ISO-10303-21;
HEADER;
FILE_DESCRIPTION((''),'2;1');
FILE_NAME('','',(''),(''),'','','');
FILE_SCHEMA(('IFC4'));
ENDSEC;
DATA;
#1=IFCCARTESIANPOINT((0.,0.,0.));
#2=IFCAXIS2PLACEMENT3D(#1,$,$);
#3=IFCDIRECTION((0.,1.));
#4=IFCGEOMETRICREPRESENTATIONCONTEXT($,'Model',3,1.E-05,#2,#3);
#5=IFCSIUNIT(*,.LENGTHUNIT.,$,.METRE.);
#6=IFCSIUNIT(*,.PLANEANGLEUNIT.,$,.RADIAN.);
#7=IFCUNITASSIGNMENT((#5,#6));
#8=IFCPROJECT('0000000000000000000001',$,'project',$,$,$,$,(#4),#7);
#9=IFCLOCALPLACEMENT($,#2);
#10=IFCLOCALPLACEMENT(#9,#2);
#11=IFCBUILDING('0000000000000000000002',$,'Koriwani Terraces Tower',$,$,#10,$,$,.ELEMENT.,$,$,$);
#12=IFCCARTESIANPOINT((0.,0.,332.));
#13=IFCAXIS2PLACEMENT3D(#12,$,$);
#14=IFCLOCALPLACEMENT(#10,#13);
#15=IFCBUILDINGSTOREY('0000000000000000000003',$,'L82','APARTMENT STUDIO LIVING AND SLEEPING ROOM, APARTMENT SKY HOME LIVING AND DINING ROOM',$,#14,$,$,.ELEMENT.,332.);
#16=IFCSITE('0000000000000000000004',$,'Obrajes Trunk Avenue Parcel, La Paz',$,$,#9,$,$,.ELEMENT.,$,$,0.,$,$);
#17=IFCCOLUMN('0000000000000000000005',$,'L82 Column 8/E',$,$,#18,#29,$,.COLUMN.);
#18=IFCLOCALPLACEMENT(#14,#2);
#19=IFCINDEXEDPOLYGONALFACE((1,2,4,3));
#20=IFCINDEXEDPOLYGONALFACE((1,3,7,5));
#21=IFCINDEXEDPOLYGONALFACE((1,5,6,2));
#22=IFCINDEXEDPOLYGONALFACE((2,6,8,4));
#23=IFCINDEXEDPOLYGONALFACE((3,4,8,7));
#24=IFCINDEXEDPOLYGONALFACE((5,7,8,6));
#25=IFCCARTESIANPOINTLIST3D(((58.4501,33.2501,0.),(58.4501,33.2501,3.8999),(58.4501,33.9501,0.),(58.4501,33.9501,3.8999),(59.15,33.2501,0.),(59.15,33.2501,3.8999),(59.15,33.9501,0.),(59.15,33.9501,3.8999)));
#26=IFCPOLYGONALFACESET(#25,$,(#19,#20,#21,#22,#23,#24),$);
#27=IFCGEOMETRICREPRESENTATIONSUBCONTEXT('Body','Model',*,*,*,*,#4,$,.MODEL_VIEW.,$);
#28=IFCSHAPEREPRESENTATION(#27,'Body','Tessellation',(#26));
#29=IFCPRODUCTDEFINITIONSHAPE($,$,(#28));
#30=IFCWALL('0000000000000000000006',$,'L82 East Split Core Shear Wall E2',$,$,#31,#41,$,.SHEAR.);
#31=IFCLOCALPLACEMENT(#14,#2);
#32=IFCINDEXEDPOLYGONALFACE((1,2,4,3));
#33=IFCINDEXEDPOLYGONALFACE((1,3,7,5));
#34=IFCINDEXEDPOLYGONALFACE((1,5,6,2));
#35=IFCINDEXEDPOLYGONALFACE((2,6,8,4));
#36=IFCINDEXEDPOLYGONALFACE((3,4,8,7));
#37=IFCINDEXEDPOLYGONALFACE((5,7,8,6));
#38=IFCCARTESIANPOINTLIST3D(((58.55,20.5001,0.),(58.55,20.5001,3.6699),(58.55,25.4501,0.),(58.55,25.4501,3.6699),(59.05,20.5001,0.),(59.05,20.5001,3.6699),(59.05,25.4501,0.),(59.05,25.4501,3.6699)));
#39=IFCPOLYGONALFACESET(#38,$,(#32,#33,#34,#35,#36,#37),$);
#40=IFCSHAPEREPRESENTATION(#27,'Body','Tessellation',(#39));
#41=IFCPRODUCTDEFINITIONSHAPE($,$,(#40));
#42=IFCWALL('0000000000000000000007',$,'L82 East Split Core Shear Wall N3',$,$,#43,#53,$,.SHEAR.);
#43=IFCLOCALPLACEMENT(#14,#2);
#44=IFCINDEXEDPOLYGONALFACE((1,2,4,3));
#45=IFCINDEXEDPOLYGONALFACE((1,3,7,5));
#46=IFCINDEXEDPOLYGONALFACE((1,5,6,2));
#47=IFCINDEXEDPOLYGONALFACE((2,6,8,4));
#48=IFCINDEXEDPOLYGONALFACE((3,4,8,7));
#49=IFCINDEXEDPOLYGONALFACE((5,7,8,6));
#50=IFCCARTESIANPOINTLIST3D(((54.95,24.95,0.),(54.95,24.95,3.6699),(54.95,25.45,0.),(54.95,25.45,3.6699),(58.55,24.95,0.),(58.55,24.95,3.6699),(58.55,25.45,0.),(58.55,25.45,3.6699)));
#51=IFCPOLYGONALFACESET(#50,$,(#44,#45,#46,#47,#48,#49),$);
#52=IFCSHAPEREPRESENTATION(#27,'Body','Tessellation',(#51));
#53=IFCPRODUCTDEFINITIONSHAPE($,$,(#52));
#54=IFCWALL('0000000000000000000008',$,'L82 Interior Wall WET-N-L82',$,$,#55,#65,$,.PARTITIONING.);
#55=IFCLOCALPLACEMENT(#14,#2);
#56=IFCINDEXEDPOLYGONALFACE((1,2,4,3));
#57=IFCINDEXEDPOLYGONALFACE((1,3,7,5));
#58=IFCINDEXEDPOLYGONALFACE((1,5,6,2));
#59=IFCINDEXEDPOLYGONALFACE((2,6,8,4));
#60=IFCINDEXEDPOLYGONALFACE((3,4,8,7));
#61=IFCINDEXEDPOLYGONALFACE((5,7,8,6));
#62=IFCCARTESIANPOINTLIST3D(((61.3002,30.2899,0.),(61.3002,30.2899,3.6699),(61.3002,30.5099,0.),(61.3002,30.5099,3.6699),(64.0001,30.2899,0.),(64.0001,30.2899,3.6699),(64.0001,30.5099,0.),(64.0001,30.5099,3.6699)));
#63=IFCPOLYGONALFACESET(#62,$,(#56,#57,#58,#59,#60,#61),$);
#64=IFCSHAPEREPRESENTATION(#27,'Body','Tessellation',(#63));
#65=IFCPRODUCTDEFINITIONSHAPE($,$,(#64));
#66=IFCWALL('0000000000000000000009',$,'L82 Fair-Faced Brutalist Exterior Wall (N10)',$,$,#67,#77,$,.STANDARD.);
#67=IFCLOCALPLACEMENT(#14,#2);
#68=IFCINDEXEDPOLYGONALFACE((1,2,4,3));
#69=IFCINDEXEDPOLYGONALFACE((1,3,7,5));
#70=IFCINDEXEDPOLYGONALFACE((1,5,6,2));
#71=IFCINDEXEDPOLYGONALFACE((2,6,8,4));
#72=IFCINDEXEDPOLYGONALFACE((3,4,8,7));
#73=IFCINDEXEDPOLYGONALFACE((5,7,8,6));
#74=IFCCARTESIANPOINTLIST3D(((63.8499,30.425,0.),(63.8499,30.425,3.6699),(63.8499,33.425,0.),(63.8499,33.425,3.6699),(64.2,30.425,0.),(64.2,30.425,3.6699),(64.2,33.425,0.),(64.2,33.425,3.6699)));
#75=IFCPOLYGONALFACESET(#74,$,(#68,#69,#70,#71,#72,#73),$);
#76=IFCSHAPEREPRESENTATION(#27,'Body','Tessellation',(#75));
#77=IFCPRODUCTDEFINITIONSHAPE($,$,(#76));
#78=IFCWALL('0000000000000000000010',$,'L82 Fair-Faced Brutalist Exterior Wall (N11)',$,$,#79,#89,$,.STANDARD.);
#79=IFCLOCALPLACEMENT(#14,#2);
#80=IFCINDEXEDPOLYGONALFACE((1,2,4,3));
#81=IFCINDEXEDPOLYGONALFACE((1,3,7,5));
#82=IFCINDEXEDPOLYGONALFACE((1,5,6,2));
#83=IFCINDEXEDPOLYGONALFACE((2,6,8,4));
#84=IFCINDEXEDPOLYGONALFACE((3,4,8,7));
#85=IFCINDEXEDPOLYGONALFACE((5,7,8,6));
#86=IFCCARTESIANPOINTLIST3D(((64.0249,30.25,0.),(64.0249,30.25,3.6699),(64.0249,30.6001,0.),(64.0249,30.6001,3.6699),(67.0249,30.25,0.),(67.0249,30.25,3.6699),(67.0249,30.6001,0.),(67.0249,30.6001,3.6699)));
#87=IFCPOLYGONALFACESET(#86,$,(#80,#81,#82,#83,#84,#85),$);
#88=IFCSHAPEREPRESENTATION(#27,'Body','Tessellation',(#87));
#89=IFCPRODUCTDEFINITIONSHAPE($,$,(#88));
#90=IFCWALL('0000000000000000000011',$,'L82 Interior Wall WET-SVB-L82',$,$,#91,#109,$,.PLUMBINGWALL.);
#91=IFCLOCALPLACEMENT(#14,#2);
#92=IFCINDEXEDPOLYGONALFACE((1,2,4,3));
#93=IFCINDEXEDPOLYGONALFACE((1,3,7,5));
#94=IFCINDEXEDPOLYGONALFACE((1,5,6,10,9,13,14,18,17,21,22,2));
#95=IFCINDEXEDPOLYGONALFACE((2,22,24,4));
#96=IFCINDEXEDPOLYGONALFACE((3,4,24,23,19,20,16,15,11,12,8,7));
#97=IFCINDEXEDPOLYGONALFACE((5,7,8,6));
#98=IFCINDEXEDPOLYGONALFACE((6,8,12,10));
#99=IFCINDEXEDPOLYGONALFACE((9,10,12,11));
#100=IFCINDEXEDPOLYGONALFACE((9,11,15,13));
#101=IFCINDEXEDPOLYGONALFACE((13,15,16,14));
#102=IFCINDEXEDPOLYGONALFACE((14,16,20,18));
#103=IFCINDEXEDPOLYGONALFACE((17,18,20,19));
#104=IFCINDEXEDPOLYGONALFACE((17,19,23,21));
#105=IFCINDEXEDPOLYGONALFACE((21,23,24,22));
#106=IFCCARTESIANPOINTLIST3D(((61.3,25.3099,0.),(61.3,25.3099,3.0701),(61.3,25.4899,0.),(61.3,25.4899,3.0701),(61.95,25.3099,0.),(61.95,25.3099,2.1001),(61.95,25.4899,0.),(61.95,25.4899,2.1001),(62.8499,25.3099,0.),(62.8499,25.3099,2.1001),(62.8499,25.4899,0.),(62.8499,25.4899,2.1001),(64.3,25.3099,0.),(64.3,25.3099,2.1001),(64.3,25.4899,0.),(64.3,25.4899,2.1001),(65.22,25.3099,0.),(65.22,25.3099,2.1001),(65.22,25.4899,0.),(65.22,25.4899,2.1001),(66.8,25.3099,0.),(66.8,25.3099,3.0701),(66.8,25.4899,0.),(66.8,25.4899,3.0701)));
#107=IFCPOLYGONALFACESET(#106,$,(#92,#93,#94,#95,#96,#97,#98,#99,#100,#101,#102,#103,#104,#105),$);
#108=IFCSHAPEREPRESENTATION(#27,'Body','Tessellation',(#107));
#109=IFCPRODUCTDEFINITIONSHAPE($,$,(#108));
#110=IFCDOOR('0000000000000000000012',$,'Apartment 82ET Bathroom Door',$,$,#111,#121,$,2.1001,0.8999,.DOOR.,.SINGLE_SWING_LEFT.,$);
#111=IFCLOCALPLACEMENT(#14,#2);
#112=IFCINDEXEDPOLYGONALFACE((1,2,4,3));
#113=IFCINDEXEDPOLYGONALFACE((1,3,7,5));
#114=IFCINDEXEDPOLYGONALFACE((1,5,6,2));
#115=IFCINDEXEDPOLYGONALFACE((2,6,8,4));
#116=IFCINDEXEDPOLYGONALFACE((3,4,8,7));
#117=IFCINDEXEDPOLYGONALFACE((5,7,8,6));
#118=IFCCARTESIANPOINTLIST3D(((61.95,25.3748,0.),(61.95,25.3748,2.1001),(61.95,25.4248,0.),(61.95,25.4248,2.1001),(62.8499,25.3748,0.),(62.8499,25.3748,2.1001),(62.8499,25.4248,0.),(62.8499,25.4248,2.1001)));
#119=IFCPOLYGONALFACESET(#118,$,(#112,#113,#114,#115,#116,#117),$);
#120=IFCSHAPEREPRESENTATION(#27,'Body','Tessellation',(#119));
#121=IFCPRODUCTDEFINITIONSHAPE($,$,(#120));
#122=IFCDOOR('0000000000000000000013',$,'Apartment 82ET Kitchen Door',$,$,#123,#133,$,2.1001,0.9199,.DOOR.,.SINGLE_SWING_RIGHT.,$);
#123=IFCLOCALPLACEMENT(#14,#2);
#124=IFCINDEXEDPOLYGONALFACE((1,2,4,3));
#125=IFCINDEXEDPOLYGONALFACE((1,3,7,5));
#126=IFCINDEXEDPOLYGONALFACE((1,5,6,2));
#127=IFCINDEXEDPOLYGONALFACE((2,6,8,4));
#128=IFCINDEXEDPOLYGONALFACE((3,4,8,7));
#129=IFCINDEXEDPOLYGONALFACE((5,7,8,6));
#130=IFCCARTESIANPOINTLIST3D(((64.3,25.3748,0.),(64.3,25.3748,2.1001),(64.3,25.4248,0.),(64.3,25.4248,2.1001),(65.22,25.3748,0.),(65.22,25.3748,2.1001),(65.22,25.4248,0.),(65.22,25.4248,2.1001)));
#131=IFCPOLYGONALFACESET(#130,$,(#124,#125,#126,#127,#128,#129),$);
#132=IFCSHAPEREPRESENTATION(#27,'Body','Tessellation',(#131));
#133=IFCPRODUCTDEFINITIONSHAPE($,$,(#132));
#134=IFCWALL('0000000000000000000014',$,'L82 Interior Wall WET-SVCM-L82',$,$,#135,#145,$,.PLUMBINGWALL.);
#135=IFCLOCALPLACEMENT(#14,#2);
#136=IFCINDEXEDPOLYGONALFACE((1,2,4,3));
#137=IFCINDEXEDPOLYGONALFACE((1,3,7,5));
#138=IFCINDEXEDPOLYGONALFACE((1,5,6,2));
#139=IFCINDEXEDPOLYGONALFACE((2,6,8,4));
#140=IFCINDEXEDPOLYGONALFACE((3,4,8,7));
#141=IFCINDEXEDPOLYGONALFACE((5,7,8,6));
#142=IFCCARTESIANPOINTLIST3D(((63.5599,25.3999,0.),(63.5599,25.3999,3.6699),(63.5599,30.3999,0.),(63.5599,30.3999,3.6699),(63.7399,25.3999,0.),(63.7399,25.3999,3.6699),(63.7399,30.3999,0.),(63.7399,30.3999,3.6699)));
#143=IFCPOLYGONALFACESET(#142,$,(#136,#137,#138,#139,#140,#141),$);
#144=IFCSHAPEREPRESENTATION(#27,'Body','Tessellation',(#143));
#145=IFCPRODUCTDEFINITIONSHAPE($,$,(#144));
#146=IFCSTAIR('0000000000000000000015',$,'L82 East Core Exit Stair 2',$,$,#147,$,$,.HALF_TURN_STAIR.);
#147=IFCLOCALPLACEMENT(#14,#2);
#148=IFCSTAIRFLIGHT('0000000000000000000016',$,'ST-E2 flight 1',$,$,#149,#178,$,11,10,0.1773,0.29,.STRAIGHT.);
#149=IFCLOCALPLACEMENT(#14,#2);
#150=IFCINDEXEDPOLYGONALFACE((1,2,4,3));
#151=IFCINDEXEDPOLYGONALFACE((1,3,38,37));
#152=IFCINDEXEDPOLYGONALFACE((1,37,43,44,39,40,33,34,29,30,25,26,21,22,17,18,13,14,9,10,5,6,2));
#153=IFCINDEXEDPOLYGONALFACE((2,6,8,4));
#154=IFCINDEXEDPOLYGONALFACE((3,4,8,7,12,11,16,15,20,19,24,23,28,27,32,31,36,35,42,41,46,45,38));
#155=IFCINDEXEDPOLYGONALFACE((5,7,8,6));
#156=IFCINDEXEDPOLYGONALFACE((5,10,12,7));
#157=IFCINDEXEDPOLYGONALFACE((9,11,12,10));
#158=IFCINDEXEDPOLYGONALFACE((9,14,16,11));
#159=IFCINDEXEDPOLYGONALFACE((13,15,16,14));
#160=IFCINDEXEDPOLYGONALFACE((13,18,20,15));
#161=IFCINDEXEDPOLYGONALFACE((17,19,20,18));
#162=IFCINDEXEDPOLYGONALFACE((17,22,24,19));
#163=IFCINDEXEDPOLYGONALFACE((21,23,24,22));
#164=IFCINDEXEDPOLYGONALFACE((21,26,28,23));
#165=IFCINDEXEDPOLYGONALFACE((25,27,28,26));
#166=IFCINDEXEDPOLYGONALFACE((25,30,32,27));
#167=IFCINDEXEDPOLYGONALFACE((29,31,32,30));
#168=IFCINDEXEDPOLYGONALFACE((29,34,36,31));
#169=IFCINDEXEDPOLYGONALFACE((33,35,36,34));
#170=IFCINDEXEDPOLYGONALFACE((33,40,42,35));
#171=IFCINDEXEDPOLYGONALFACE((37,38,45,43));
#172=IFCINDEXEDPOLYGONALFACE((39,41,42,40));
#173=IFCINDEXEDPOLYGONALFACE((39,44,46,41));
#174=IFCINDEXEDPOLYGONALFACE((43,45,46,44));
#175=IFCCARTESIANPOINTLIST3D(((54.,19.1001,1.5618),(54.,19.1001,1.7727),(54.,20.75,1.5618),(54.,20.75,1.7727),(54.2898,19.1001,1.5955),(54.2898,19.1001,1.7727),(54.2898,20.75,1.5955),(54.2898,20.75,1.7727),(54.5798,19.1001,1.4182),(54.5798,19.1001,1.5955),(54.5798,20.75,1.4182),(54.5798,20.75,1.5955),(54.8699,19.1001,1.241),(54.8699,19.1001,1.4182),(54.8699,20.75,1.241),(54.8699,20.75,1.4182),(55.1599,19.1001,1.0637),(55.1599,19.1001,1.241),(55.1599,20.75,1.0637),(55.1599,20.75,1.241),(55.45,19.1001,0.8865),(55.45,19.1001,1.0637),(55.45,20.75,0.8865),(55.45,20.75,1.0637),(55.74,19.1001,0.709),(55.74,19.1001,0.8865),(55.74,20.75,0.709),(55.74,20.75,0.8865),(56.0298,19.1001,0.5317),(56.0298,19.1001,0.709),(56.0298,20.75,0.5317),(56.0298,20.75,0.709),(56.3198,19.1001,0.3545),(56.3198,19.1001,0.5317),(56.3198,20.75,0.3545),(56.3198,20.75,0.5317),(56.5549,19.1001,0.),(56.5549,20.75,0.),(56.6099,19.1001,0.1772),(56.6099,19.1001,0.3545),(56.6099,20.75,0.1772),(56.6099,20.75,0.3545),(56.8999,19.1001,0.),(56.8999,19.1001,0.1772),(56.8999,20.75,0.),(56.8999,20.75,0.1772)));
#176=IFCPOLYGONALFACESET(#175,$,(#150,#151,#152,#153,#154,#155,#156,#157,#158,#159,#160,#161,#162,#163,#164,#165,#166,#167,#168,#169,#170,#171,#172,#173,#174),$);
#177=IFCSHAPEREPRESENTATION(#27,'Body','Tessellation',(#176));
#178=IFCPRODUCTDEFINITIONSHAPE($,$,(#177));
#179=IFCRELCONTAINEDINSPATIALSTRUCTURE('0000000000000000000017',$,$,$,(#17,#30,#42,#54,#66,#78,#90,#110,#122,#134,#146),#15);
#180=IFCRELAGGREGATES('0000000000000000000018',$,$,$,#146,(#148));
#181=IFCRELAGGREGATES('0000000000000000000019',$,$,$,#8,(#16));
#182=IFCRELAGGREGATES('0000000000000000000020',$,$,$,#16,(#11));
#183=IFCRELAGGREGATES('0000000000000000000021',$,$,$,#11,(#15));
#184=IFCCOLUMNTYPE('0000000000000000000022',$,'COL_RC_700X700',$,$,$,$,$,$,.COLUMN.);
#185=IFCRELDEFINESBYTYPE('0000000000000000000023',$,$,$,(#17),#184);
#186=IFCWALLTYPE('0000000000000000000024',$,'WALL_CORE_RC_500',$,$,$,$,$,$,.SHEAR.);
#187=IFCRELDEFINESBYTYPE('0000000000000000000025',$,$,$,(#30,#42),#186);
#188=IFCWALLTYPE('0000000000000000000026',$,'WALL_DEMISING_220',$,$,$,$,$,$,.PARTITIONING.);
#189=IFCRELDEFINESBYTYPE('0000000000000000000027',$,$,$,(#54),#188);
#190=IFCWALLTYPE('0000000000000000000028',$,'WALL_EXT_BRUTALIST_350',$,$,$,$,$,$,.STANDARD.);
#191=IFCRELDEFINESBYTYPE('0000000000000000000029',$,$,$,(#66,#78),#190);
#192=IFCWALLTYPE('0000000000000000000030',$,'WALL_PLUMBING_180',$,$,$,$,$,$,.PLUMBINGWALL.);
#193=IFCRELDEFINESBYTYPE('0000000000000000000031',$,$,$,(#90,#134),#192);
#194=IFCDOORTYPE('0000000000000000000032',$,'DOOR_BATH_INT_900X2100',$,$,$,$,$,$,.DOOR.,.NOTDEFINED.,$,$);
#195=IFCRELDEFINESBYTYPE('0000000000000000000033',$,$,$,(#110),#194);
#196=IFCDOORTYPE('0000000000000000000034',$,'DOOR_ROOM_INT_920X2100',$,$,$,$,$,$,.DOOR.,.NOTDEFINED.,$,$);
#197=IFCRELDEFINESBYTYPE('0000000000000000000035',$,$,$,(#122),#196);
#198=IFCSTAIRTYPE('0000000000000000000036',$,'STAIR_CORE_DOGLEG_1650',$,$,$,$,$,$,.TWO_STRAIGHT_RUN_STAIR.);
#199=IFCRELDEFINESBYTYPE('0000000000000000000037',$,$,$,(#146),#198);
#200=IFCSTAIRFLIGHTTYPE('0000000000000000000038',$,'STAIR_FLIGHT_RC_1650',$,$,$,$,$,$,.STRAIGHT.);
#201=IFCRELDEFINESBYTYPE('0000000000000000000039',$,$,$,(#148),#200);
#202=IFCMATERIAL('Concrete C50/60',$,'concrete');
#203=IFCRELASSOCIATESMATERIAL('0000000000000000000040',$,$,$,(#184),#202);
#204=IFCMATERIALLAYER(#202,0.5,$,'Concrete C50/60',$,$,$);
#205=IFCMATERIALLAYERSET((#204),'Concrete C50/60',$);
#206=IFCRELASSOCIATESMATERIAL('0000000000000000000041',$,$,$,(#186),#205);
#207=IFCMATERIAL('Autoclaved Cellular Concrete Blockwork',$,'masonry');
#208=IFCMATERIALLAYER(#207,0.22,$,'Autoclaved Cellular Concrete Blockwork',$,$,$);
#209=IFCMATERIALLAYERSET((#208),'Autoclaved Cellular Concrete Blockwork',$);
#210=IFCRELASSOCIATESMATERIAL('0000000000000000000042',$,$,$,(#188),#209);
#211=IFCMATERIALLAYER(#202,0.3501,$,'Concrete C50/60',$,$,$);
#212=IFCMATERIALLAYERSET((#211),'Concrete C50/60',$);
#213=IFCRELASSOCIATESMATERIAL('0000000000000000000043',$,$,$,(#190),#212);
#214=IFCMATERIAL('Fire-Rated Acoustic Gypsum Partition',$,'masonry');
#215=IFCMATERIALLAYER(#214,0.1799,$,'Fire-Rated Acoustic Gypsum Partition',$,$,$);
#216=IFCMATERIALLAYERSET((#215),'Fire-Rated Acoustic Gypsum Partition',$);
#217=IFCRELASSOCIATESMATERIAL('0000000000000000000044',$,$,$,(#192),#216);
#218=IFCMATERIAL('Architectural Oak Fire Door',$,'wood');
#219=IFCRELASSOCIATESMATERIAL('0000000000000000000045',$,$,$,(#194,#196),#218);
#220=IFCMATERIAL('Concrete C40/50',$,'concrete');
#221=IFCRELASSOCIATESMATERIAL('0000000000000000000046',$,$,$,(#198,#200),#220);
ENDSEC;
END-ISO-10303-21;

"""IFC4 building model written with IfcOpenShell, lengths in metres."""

from ifc_helpers import new_model, si_unit, direction, frame, frame_2d, origin, origin_2d, place, context, subcontext, project, spatial, polyline, rectangle, outline, extrude, material, layer, layer_set, material_profile, profile_set, type_object, element, fill, aggregate, save


model = new_model("IFC4")

# Units and contexts
model_context = context("Model", 3, precision=1e-05, world=origin(), true_north=direction((0.0, 1.0)))
body_context = subcontext(model_context, "Body", "Model", "MODEL_VIEW")
ifc_project = project(units=[si_unit("LENGTHUNIT", "METRE"), si_unit("PLANEANGLEUNIT", "RADIAN")], contexts=[model_context])

# Site, building, storey
site_placement = place(None, origin())
site = spatial("IfcSite", under=ifc_project, at=site_placement, Name="Obrajes Trunk Avenue Parcel, La Paz", CompositionType="ELEMENT", RefElevation=0.0)
building_placement = place(site_placement, origin())
building = spatial("IfcBuilding", under=site, at=building_placement, Name="Koriwani Terraces Tower", CompositionType="ELEMENT")
storey_placement = place(building_placement, frame((0.0, 0.0, 332.0)))
storey = spatial("IfcBuildingStorey", under=building, at=storey_placement, Name="L82", Description="APARTMENT STUDIO LIVING AND SLEEPING ROOM, APARTMENT SKY HOME LIVING AND DINING ROOM", CompositionType="ELEMENT", Elevation=332.0)

# Column
ifc_material_1 = material(Name="Concrete C50/60", Category="concrete")
ifc_material_profile = material_profile(ifc_material_1, rectangle(XDim=0.7, YDim=0.7, at=origin_2d()), Name="Concrete C50/60", Category="LoadBearing")
ifc_profile_set = profile_set([ifc_material_profile], Name="Concrete C50/60")
column_type = type_object("IfcColumnType", Name="COL_RC_700X700", PredefinedType="COLUMN", material=ifc_profile_set)
column_placement = place(storey_placement, frame((58.8, 33.6001, 0.0), z_axis=(0.0, 0.0, 1.0), x_axis=(1.0, 0.0, 0.0)))
element("IfcColumn", 1, at=column_placement, inside=storey, type_object=column_type, Name="L82 Column 8/E", PredefinedType="COLUMN", context=body_context, shape_type="SweptSolid", body=[
    extrude(rectangle(XDim=0.7, YDim=0.7, at=origin_2d()), origin(), (0.0, 0.0, 1.0), 3.8999),
])

# Walls
ifc_layer_1 = layer(ifc_material_1, 0.5, Name="Concrete C50/60")
ifc_layer_set_1 = layer_set([ifc_layer_1], Name="Concrete C50/60")
wall_type_1 = type_object("IfcWallType", Name="WALL_CORE_RC_500", PredefinedType="SHEAR", material=ifc_layer_set_1)
wall_1_placement = place(storey_placement, frame((58.8, 20.5, 0.0), z_axis=(0.0, 0.0, 1.0), x_axis=(0.0, 1.0, 0.0)))
element("IfcWall", 2, at=wall_1_placement, inside=storey, type_object=wall_type_1, Name="L82 East Split Core Shear Wall E2", PredefinedType="SHEAR", context=body_context, shape_type="SweptSolid", body=[
    extrude(rectangle(XDim=4.95, YDim=0.5, at=frame_2d((2.4751, 0.0))), origin(), (0.0, 0.0, 1.0), 3.6699),
])
wall_2_placement = place(storey_placement, frame((54.95, 25.2, 0.0), z_axis=(0.0, 0.0, 1.0), x_axis=(1.0, 0.0, 0.0)))
element("IfcWall", 3, at=wall_2_placement, inside=storey, type_object=wall_type_1, Name="L82 East Split Core Shear Wall N3", PredefinedType="SHEAR", context=body_context, shape_type="SweptSolid", body=[
    extrude(rectangle(XDim=3.6001, YDim=0.5, at=frame_2d((1.8, 0.0))), origin(), (0.0, 0.0, 1.0), 3.6699),
])
ifc_material_2 = material(Name="Autoclaved Cellular Concrete Blockwork", Category="masonry")
ifc_layer_2 = layer(ifc_material_2, 0.22, Name="Autoclaved Cellular Concrete Blockwork")
ifc_layer_set_2 = layer_set([ifc_layer_2], Name="Autoclaved Cellular Concrete Blockwork")
wall_type_2 = type_object("IfcWallType", Name="WALL_DEMISING_220", PredefinedType="PARTITIONING", material=ifc_layer_set_2)
wall_3_placement = place(storey_placement, frame((61.3, 30.3999, 0.0), z_axis=(0.0, 0.0, 1.0), x_axis=(1.0, 0.0, 0.0)))
element("IfcWall", 4, at=wall_3_placement, inside=storey, type_object=wall_type_2, Name="L82 Interior Wall WET-N-L82", PredefinedType="PARTITIONING", context=body_context, shape_type="SweptSolid", body=[
    extrude(rectangle(XDim=2.7, YDim=0.22, at=frame_2d((1.3501, 0.0))), origin(), (0.0, 0.0, 1.0), 3.6699),
])
ifc_layer_3 = layer(ifc_material_1, 0.3501, Name="Concrete C50/60")
ifc_layer_set_3 = layer_set([ifc_layer_3], Name="Concrete C50/60")
wall_type_3 = type_object("IfcWallType", Name="WALL_EXT_BRUTALIST_350", PredefinedType="STANDARD", material=ifc_layer_set_3)
for number, where, z_axis, x_axis, name in (
    (5, (64.0249, 33.425, 0.0), (0.0, 0.0, 1.0), (0.0, -1.0, 0.0), "L82 Fair-Faced Brutalist Exterior Wall (N10)"),
    (6, (64.0249, 30.425, 0.0), (0.0, 0.0, 1.0), (1.0, 0.0, 0.0), "L82 Fair-Faced Brutalist Exterior Wall (N11)"),
):
    element("IfcWall", number, at=place(storey_placement, frame(where, z_axis=z_axis, x_axis=x_axis)), inside=storey, type_object=wall_type_3, Name=name, PredefinedType="STANDARD", context=body_context, shape_type="SweptSolid", body=[
        extrude(rectangle(XDim=3.0, YDim=0.3501, at=frame_2d((1.5, 0.0))), origin(), (0.0, 0.0, 1.0), 3.6699),
    ])

# Wall, openings, doors
ifc_material_3 = material(Name="Fire-Rated Acoustic Gypsum Partition", Category="masonry")
ifc_layer_4 = layer(ifc_material_3, 0.1799, Name="Fire-Rated Acoustic Gypsum Partition")
ifc_layer_set_4 = layer_set([ifc_layer_4], Name="Fire-Rated Acoustic Gypsum Partition")
wall_type_4 = type_object("IfcWallType", Name="WALL_PLUMBING_180", PredefinedType="PLUMBINGWALL", material=ifc_layer_set_4)
wall_4_placement = place(storey_placement, frame((61.3, 25.3999, 0.0), z_axis=(0.0, 0.0, 1.0), x_axis=(1.0, 0.0, 0.0)))
wall_4 = element("IfcWall", 7, at=wall_4_placement, inside=storey, type_object=wall_type_4, Name="L82 Interior Wall WET-SVB-L82", PredefinedType="PLUMBINGWALL", context=body_context, shape_type="SweptSolid", body=[
    extrude(rectangle(XDim=5.5, YDim=0.1799, at=frame_2d((2.75, 0.0))), origin(), (0.0, 0.0, 1.0), 3.0701),
])
opening_1_placement = place(wall_4_placement, frame((0.6499, 0.0, 0.0)))
opening_1 = element("IfcOpeningElement", 8, at=opening_1_placement, cuts=wall_4, PredefinedType="OPENING", context=body_context, shape_type="SweptSolid", body=[
    extrude(rectangle(XDim=0.8999, YDim=2.1001, at=frame_2d((0.45, 1.05))), frame((0.0, 0.1001, 0.0), z_axis=(0.0, -1.0, 0.0), x_axis=(1.0, 0.0, 0.0)), (0.0, 0.0, 1.0), 0.2),
])
opening_2_placement = place(wall_4_placement, frame((3.0, 0.0, 0.0)))
opening_2 = element("IfcOpeningElement", 9, at=opening_2_placement, cuts=wall_4, PredefinedType="OPENING", context=body_context, shape_type="SweptSolid", body=[
    extrude(rectangle(XDim=0.9199, YDim=2.1001, at=frame_2d((0.46, 1.05))), frame((0.0, 0.1001, 0.0), z_axis=(0.0, -1.0, 0.0), x_axis=(1.0, 0.0, 0.0)), (0.0, 0.0, 1.0), 0.2),
])
ifc_material_4 = material(Name="Architectural Oak Fire Door", Category="wood")
door_type_1 = type_object("IfcDoorType", Name="DOOR_BATH_INT_900X2100", OperationType="NOTDEFINED", PredefinedType="DOOR", material=ifc_material_4)
door_1_placement = place(opening_1_placement, origin())
door_1 = element("IfcDoor", 10, at=door_1_placement, inside=storey, type_object=door_type_1, Name="Apartment 82ET Bathroom Door", OperationType="SINGLE_SWING_LEFT", OverallHeight=2.1001, OverallWidth=0.8999, PredefinedType="DOOR", context=body_context, shape_type="SweptSolid", body=[
    extrude(rectangle(XDim=0.8999, YDim=2.1001, at=frame_2d((0.45, 1.05))), frame((0.0, 0.0249, 0.0), z_axis=(0.0, -1.0, 0.0), x_axis=(1.0, 0.0, 0.0)), (0.0, 0.0, 1.0), 0.05),
])
fill(opening_1, door_1)
door_type_2 = type_object("IfcDoorType", Name="DOOR_ROOM_INT_920X2100", OperationType="NOTDEFINED", PredefinedType="DOOR", material=ifc_material_4)
door_2_placement = place(opening_2_placement, origin())
door_2 = element("IfcDoor", 11, at=door_2_placement, inside=storey, type_object=door_type_2, Name="Apartment 82ET Kitchen Door", OperationType="SINGLE_SWING_RIGHT", OverallHeight=2.1001, OverallWidth=0.9199, PredefinedType="DOOR", context=body_context, shape_type="SweptSolid", body=[
    extrude(rectangle(XDim=0.9199, YDim=2.1001, at=frame_2d((0.46, 1.05))), frame((0.0, 0.0249, 0.0), z_axis=(0.0, -1.0, 0.0), x_axis=(1.0, 0.0, 0.0)), (0.0, 0.0, 1.0), 0.05),
])
fill(opening_2, door_2)

# Wall
wall_5_placement = place(storey_placement, frame((63.6499, 25.3999, 0.0), z_axis=(0.0, 0.0, 1.0), x_axis=(0.0, 1.0, 0.0)))
element("IfcWall", 12, at=wall_5_placement, inside=storey, type_object=wall_type_4, Name="L82 Interior Wall WET-SVCM-L82", PredefinedType="PLUMBINGWALL", context=body_context, shape_type="SweptSolid", body=[
    extrude(rectangle(XDim=5.0, YDim=0.1799, at=frame_2d((2.5, 0.0))), origin(), (0.0, 0.0, 1.0), 3.6699),
])

# Shared definitions
ifc_material_5 = material(Name="Concrete C40/50", Category="concrete")

# Stair, stair flight
stair_type = type_object("IfcStairType", Name="STAIR_CORE_DOGLEG_1650", PredefinedType="TWO_STRAIGHT_RUN_STAIR", material=ifc_material_5)
stair_placement = place(storey_placement, origin())
stair = element("IfcStair", 13, at=stair_placement, inside=storey, type_object=stair_type, Name="L82 East Core Exit Stair 2", PredefinedType="HALF_TURN_STAIR")
stair_flight_type = type_object("IfcStairFlightType", Name="STAIR_FLIGHT_RC_1650", PredefinedType="STRAIGHT", material=ifc_material_5)
stair_flight_placement = place(storey_placement, frame((56.8999, 19.925, 0.0), z_axis=(0.0, 0.0, 1.0), x_axis=(-1.0, 0.0, 0.0)))
stair_flight = element("IfcStairFlight", 14, at=stair_flight_placement, type_object=stair_flight_type, Name="ST-E2 flight 1", NumberOfRisers=11, NumberOfTreads=10, PredefinedType="STRAIGHT", RiserHeight=0.1773, TreadLength=0.29, context=body_context, shape_type="SweptSolid", body=[
    extrude(outline(polyline([(0.0, 0.0), (0.0, 0.1772), (0.29, 0.1772), (0.29, 0.3545), (0.5801, 0.3545), (0.5801, 0.5317), (0.8701, 0.5317), (0.8701, 0.709), (1.1599, 0.709), (1.1599, 0.8865), (1.45, 0.8865), (1.45, 1.0637), (1.74, 1.0637), (1.74, 1.241), (2.03, 1.241), (2.03, 1.4182), (2.3201, 1.4182), (2.3201, 1.5955), (2.6101, 1.5955), (2.6101, 1.7727), (2.8999, 1.7727), (2.8999, 1.95), (2.8999, 1.5618), (0.345, 0.0), (0.0, 0.0)])), frame((0.0, 0.825, 0.0), z_axis=(0.0, -1.0, 0.0), x_axis=(1.0, 0.0, 0.0)), (0.0, 0.0, 1.0), 1.6499),
])
aggregate(stair, [stair_flight])

save(model, "model.ifc")
